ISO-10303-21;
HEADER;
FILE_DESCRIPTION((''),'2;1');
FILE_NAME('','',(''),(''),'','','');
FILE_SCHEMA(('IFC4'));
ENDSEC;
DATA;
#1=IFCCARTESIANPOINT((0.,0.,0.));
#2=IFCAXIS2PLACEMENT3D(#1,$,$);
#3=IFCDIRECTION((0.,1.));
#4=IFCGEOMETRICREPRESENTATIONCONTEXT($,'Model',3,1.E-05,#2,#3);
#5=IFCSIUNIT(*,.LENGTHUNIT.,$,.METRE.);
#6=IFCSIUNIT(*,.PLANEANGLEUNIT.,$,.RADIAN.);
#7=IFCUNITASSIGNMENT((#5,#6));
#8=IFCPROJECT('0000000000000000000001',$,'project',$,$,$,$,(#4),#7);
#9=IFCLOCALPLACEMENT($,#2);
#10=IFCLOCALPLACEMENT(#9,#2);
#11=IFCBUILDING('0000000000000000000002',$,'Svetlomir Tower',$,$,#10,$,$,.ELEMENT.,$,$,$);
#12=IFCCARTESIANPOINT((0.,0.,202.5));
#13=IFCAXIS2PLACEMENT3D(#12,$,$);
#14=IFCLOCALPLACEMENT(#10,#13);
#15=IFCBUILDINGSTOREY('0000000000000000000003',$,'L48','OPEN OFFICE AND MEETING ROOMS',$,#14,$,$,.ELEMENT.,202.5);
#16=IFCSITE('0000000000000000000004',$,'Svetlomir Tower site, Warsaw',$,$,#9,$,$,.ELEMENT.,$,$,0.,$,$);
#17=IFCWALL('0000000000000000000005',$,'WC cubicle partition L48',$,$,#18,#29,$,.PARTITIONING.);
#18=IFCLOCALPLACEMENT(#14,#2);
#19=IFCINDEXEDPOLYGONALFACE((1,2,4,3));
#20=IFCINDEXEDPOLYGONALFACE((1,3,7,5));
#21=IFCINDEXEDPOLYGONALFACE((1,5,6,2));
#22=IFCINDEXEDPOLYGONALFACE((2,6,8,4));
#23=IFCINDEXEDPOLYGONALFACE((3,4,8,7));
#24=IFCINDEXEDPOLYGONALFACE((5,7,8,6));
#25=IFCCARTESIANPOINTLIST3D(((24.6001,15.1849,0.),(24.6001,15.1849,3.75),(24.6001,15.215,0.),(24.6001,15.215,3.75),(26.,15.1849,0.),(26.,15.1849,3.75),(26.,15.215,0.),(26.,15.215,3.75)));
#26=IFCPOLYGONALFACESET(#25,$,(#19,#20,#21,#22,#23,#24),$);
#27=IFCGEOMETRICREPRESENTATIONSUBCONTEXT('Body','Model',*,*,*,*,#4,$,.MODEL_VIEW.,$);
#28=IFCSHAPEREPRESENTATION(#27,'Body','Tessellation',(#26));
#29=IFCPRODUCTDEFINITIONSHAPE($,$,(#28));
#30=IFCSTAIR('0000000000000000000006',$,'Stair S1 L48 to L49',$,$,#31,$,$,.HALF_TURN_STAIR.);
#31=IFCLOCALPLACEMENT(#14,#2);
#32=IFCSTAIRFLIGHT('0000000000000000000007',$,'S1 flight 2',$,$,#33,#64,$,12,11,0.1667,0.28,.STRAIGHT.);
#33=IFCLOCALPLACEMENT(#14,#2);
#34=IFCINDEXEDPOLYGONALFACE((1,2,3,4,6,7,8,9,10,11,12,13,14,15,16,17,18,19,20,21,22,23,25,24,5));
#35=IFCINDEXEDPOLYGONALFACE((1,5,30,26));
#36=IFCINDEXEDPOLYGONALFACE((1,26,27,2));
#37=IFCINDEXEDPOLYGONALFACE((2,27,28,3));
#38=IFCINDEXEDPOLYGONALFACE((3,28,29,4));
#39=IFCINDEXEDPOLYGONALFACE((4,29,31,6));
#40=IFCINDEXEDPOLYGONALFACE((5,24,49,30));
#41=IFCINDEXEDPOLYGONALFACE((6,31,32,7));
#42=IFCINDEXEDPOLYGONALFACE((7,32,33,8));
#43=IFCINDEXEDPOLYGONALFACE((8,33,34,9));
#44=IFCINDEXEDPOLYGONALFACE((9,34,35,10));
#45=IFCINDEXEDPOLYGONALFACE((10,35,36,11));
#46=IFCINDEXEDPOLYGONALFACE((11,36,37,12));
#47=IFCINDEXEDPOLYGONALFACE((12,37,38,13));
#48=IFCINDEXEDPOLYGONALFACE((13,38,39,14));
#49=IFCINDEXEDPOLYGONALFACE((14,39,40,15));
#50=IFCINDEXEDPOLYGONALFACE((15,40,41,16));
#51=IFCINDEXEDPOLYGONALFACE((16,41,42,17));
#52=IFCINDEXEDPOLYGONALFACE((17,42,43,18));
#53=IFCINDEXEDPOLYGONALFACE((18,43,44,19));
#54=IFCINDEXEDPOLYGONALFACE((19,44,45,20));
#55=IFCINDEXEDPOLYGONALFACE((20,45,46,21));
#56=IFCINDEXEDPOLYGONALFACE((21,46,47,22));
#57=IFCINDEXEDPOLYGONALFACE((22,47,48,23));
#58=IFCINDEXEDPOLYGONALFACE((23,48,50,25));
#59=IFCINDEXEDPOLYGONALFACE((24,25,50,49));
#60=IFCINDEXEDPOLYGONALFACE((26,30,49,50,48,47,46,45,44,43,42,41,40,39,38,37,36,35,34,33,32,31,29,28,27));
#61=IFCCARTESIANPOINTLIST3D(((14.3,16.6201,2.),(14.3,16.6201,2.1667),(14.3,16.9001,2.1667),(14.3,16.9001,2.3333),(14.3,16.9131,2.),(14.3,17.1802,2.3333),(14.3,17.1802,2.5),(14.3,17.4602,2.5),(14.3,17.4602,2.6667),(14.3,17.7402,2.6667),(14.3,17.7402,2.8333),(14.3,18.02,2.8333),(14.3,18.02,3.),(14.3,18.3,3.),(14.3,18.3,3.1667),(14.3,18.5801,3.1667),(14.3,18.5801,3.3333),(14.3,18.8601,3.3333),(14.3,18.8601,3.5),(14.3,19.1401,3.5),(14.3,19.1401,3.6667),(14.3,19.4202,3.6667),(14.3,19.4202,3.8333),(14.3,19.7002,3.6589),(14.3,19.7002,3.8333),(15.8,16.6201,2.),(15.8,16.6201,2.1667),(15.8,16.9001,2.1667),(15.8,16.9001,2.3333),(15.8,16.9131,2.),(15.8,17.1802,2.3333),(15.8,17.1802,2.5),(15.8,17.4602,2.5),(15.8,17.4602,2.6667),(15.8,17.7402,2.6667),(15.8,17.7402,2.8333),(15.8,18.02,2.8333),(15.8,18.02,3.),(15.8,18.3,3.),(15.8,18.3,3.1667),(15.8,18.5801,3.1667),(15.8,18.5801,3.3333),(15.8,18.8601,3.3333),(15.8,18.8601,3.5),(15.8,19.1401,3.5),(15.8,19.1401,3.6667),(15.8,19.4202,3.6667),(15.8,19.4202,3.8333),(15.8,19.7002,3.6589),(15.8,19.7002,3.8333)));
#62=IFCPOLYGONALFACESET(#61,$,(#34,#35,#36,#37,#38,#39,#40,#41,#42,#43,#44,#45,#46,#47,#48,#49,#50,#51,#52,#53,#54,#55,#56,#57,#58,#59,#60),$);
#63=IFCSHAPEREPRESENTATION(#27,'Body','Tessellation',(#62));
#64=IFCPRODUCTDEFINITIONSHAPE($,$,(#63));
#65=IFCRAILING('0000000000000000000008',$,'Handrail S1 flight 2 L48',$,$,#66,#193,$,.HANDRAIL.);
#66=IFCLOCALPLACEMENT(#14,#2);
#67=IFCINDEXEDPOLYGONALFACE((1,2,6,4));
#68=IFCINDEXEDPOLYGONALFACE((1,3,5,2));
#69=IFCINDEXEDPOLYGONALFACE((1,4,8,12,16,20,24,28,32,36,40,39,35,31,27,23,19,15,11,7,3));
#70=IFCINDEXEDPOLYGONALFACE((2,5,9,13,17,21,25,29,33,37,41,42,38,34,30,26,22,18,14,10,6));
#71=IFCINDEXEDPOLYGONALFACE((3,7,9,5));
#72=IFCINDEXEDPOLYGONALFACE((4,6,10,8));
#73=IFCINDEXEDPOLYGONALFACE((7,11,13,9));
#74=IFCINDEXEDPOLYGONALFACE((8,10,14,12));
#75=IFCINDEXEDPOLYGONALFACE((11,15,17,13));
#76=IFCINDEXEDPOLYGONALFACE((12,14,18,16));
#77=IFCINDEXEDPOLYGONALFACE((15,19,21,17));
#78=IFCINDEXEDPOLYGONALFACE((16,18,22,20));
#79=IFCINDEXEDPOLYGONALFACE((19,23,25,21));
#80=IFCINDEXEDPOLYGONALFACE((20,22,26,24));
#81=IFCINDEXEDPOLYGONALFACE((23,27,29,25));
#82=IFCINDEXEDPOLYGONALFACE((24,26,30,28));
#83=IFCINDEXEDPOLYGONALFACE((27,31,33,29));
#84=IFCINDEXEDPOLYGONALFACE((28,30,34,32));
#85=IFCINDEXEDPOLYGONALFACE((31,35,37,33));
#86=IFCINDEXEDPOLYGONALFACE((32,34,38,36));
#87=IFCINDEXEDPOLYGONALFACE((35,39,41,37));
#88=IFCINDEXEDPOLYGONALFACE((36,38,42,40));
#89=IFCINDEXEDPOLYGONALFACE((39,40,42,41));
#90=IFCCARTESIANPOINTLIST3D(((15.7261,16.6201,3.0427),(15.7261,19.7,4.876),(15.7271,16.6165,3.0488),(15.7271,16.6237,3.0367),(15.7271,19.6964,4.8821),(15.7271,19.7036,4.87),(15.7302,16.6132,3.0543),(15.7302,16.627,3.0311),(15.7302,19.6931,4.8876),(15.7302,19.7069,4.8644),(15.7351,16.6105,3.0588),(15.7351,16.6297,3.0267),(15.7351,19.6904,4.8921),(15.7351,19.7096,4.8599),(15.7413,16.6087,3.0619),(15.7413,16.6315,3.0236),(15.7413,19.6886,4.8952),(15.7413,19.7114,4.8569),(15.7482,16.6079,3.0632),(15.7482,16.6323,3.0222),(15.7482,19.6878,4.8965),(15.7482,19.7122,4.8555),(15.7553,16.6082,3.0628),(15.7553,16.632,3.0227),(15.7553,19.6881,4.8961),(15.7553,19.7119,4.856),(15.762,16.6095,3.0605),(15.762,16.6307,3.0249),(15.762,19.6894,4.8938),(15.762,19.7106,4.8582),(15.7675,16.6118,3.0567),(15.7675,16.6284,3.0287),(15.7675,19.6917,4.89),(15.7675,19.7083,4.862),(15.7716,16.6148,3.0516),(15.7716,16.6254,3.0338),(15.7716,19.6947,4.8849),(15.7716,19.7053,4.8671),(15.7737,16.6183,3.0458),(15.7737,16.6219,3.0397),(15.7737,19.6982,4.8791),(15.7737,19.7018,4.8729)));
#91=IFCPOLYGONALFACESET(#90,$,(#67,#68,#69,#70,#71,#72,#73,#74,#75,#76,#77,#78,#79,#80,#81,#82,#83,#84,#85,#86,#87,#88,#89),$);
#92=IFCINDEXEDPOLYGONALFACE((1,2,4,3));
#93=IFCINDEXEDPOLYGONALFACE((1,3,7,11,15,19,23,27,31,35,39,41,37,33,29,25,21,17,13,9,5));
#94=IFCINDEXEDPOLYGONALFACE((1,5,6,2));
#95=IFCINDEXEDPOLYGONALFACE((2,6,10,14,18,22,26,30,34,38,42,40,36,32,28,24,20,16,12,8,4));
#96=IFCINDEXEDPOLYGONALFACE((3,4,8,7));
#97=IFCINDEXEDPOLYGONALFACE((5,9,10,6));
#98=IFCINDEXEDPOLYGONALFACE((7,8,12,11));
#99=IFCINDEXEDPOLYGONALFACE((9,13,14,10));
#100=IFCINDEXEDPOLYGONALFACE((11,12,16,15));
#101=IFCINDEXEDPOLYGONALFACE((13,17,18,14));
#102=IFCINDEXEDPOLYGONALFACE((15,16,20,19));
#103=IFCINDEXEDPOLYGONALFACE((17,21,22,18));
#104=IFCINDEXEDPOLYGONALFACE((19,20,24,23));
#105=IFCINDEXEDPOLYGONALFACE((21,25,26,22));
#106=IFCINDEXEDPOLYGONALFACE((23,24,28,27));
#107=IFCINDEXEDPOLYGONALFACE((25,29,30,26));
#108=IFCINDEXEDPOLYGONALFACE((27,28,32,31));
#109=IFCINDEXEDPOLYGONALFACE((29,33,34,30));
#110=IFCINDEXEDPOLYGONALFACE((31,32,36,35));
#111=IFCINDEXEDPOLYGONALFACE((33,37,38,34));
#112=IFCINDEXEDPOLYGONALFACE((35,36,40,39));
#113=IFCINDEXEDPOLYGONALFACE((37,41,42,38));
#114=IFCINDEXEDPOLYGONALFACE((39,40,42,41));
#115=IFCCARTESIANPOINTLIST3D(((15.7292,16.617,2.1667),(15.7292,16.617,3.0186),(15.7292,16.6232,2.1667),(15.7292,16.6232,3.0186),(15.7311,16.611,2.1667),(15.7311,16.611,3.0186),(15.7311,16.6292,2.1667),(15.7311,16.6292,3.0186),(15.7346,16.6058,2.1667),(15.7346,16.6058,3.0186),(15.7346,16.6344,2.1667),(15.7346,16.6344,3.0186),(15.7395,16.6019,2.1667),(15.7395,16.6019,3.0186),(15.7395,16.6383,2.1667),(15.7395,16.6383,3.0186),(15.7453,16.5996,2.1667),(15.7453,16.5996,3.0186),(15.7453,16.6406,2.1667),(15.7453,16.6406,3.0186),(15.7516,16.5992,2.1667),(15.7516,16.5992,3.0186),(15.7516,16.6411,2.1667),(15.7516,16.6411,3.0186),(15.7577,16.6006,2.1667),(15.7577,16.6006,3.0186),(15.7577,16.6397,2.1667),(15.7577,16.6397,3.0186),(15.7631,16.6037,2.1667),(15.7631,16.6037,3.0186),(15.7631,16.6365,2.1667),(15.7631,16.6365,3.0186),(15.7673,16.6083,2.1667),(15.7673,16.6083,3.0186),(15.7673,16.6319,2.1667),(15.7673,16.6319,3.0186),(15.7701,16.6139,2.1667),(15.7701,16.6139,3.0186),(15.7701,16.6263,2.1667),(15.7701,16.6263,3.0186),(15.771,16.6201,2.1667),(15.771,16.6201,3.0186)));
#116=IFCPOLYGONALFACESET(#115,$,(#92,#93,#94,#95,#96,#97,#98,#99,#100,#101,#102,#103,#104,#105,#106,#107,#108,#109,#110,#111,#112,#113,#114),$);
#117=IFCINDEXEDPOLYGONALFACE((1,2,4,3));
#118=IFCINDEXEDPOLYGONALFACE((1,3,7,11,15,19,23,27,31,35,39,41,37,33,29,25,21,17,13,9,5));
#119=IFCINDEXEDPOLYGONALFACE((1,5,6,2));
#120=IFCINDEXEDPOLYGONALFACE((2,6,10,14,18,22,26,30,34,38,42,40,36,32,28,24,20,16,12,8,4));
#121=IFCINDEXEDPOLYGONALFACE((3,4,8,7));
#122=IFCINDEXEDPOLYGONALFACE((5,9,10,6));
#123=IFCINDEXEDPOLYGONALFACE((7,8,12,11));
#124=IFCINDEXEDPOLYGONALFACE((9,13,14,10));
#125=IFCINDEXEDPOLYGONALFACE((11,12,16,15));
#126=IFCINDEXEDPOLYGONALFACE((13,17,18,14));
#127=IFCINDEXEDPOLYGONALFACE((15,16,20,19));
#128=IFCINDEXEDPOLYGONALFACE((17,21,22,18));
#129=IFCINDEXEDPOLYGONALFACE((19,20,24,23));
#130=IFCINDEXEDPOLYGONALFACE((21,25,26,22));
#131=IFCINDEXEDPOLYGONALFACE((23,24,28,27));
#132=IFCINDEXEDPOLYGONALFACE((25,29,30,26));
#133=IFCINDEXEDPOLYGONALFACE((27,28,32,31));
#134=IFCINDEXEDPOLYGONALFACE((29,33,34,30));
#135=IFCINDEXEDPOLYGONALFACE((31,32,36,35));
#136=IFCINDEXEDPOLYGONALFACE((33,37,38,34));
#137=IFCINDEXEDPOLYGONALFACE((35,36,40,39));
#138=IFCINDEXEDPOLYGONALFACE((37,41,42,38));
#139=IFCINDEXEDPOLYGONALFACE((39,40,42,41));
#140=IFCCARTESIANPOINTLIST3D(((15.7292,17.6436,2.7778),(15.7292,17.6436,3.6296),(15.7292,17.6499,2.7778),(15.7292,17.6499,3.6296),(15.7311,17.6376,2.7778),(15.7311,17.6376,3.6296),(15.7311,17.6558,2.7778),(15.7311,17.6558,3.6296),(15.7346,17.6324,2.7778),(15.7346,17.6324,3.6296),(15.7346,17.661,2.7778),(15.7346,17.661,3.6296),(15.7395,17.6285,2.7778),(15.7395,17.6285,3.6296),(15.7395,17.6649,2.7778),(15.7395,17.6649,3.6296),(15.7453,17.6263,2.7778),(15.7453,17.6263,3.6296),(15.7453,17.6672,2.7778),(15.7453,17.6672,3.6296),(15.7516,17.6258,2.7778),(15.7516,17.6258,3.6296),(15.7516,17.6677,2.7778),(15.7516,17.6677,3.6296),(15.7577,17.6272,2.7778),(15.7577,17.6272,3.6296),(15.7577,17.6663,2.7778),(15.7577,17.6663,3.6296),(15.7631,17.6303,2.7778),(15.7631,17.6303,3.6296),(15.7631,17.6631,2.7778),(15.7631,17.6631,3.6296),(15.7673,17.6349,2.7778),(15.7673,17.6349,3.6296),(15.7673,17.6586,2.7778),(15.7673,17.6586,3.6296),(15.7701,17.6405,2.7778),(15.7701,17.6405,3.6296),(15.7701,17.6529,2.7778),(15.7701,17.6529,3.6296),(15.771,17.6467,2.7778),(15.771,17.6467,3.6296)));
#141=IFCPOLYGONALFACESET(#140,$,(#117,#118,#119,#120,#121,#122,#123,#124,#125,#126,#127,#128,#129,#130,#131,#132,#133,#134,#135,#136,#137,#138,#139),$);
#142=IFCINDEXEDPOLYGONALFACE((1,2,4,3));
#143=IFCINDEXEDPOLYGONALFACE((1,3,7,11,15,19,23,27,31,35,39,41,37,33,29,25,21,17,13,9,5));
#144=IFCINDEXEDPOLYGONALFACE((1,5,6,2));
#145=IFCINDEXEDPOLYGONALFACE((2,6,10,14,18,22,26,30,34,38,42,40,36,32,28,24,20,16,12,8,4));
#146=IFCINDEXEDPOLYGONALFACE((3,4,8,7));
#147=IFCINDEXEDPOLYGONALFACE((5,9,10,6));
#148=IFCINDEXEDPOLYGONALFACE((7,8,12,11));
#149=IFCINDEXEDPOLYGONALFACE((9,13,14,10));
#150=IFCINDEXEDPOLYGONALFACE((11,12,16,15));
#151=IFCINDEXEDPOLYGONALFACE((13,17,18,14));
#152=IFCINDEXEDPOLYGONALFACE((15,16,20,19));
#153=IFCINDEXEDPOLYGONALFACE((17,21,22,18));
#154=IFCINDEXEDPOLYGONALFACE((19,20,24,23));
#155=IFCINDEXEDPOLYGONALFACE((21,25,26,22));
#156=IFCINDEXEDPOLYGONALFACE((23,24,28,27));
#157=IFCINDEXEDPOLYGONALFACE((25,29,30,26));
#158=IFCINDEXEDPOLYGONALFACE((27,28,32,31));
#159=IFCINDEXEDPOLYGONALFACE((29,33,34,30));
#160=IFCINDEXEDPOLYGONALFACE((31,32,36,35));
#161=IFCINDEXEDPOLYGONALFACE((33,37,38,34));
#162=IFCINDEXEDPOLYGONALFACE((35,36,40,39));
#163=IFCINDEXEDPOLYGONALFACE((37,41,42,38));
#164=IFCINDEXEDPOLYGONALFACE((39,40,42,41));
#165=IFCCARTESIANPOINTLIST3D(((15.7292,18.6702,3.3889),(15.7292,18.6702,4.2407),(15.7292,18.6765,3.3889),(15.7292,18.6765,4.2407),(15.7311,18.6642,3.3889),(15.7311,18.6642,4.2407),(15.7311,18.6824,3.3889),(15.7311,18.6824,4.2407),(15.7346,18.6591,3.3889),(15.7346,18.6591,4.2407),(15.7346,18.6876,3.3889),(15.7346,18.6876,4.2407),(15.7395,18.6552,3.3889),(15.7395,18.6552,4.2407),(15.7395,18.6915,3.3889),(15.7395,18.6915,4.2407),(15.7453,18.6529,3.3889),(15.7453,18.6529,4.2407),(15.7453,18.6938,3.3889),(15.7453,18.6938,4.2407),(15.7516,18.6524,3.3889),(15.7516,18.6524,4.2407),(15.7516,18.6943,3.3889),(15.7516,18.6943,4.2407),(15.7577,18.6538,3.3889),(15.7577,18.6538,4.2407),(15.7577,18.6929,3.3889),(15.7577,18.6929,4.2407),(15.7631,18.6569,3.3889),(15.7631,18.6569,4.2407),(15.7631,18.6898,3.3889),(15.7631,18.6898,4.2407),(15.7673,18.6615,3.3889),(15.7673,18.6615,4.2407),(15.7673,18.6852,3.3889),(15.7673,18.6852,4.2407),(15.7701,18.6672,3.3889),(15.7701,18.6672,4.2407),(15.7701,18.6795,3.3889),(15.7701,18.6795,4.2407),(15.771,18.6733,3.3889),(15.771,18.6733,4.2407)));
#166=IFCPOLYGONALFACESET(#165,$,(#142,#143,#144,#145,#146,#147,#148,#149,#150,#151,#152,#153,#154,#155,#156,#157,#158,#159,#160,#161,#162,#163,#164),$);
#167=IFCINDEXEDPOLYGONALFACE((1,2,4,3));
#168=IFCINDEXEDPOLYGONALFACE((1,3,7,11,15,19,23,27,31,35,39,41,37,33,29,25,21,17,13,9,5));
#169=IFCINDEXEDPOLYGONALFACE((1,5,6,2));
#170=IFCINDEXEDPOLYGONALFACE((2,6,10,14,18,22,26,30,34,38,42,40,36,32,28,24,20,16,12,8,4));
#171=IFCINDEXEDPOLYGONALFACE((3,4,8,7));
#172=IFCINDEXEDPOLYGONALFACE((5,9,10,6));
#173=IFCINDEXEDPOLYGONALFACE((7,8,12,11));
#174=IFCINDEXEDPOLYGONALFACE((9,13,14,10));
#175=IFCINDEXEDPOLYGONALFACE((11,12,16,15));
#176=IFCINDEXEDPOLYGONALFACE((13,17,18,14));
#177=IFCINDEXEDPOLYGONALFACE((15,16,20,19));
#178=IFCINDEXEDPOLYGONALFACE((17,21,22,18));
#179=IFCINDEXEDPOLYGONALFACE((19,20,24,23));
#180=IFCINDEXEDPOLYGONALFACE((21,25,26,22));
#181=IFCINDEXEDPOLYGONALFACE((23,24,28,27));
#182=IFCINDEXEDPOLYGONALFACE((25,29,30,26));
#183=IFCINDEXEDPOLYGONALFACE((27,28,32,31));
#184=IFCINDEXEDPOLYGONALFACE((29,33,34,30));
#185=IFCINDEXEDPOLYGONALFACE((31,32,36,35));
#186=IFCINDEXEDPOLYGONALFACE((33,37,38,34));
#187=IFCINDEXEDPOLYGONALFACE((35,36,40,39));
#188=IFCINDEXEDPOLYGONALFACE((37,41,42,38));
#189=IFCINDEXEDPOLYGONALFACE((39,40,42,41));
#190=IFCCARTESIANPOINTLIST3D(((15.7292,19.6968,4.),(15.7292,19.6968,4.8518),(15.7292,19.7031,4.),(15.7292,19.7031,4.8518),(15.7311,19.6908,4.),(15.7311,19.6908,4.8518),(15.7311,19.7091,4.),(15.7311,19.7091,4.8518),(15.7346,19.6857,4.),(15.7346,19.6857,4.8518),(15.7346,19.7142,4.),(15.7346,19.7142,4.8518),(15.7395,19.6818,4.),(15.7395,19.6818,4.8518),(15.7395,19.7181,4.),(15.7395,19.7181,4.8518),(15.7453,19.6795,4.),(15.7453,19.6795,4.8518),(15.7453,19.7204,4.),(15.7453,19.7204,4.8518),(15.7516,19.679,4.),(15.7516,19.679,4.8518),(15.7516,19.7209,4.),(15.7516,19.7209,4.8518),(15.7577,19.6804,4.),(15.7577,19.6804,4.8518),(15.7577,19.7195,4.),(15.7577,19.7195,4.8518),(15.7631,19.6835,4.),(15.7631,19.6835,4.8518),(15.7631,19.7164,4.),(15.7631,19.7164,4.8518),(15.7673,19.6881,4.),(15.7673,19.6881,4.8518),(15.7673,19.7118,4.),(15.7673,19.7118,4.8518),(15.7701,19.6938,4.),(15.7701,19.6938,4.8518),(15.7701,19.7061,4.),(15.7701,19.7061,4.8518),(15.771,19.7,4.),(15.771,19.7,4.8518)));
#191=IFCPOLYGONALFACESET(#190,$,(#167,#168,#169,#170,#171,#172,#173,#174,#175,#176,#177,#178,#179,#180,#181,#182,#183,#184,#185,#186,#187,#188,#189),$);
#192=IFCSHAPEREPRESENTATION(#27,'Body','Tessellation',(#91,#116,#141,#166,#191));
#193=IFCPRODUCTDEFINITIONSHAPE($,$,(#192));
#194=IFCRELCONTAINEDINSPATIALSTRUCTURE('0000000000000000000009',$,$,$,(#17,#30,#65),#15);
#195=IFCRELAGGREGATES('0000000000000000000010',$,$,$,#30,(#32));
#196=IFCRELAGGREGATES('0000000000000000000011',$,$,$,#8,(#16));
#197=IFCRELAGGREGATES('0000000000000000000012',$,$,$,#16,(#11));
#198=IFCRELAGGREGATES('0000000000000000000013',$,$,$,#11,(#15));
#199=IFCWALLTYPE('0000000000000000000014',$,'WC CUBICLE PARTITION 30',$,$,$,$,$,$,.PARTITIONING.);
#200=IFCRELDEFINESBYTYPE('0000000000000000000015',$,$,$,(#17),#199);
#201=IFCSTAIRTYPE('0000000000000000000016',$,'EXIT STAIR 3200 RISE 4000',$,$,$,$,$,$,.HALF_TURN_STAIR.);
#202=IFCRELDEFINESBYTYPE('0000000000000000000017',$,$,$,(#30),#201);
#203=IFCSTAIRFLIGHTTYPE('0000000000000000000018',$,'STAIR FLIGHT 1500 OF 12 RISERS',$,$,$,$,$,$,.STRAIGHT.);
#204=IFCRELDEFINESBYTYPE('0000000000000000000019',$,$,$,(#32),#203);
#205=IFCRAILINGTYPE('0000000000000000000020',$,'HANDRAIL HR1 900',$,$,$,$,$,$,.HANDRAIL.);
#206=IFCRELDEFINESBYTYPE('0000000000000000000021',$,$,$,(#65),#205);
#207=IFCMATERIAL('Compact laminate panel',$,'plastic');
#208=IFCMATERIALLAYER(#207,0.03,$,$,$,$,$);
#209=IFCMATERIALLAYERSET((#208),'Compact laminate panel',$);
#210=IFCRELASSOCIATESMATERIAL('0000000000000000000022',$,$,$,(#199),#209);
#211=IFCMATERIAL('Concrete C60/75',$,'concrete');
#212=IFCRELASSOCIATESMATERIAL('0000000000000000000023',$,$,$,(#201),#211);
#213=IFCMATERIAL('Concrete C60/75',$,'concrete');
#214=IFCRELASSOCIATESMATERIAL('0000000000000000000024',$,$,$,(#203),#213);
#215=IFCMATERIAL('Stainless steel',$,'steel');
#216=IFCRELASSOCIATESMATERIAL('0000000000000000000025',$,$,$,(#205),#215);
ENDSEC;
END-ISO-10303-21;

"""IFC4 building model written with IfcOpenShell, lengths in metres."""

from ifc_helpers import new_model, si_unit, direction, frame, frame_2d, origin, origin_2d, place, context, subcontext, project, spatial, polyline, rectangle, circle, outline, extrude, material, layer, layer_set, type_object, element, aggregate, save


model = new_model("IFC4")

# Units and contexts
model_context = context("Model", 3, precision=1e-05, world=origin(), true_north=direction((0.0, 1.0)))
body_context = subcontext(model_context, "Body", "Model", "MODEL_VIEW")
ifc_project = project(units=[si_unit("LENGTHUNIT", "METRE"), si_unit("PLANEANGLEUNIT", "RADIAN")], contexts=[model_context])

# Site, building, storey
site_placement = place(None, origin())
site = spatial("IfcSite", under=ifc_project, at=site_placement, Name="Svetlomir Tower site, Warsaw", CompositionType="ELEMENT", RefElevation=0.0)
building_placement = place(site_placement, origin())
building = spatial("IfcBuilding", under=site, at=building_placement, Name="Svetlomir Tower", CompositionType="ELEMENT")
storey_placement = place(building_placement, frame((0.0, 0.0, 202.5)))
storey = spatial("IfcBuildingStorey", under=building, at=storey_placement, Name="L48", Description="OPEN OFFICE AND MEETING ROOMS", CompositionType="ELEMENT", Elevation=202.5)

# Wall
ifc_material_1 = material(Name="Compact laminate panel", Category="plastic")
ifc_layer_1 = layer(ifc_material_1, 0.03)
ifc_layer_set_1 = layer_set([ifc_layer_1], Name="Compact laminate panel")
wall_type_1 = type_object("IfcWallType", Name="WC CUBICLE PARTITION 30", PredefinedType="PARTITIONING", material=ifc_layer_set_1)
for number, where, z_axis, x_axis, name in (
    (1, (24.6001, 15.2, 0.0), (0.0, 0.0, 1.0), (1.0, 0.0, 0.0), "WC cubicle partition L48"),
):
    element("IfcWall", number, at=place(storey_placement, frame(where, z_axis=z_axis, x_axis=x_axis)), inside=storey, type_object=wall_type_1, Name=name, PredefinedType="PARTITIONING", context=body_context, shape_type="SweptSolid", body=[
        extrude(rectangle(XDim=1.3999, YDim=0.03, at=frame_2d((0.7, 0.0))), origin(), (0.0, 0.0, 1.0), 3.75),
    ])

# Stair, stair flight
ifc_material_2 = material(Name="Concrete C60/75", Category="concrete")
stair_type = type_object("IfcStairType", Name="EXIT STAIR 3200 RISE 4000", PredefinedType="HALF_TURN_STAIR", material=ifc_material_2)
stair_placement = place(storey_placement, origin())
stair = element("IfcStair", 2, at=stair_placement, inside=storey, type_object=stair_type, Name="Stair S1 L48 to L49", PredefinedType="HALF_TURN_STAIR")
ifc_material_3 = material(Name="Concrete C60/75", Category="concrete")
stair_flight_type = type_object("IfcStairFlightType", Name="STAIR FLIGHT 1500 OF 12 RISERS", PredefinedType="STRAIGHT", material=ifc_material_3)
stair_flight_placement = place(storey_placement, frame((15.05, 16.6201, 2.0), z_axis=(0.0, 0.0, 1.0), x_axis=(0.0, 1.0, 0.0)))
stair_flight = element("IfcStairFlight", 3, at=stair_flight_placement, type_object=stair_flight_type, Name="S1 flight 2", NumberOfRisers=12, NumberOfTreads=11, PredefinedType="STRAIGHT", RiserHeight=0.1667, TreadLength=0.28, context=body_context, shape_type="SweptSolid", body=[
    extrude(outline(polyline([(0.0, 0.0), (0.0, 0.1667), (0.28, 0.1667), (0.28, 0.3333), (0.5601, 0.3333), (0.5601, 0.5), (0.8401, 0.5), (0.8401, 0.6667), (1.1201, 0.6667), (1.1201, 0.8333), (1.3999, 0.8333), (1.3999, 1.0), (1.6799, 1.0), (1.6799, 1.1667), (1.96, 1.1667), (1.96, 1.3333), (2.24, 1.3333), (2.24, 1.5), (2.52, 1.5), (2.52, 1.6667), (2.8, 1.6667), (2.8, 1.8333), (3.0801, 1.8333), (3.0801, 2.0), (3.0801, 1.6589), (0.293, 0.0), (0.0, 0.0)])), frame((0.0, 0.75, 0.0), z_axis=(0.0, -1.0, 0.0), x_axis=(1.0, 0.0, 0.0)), (0.0, 0.0, 1.0), 1.5),
])
aggregate(stair, [stair_flight])

# Railing
ifc_material_4 = material(Name="Stainless steel", Category="steel")
railing_type = type_object("IfcRailingType", Name="HANDRAIL HR1 900", PredefinedType="HANDRAIL", material=ifc_material_4)
railing_placement = place(storey_placement, frame((15.75, 16.6201, 2.1667)))
element("IfcRailing", 4, at=railing_placement, inside=storey, type_object=railing_type, Name="Handrail S1 flight 2 L48", PredefinedType="HANDRAIL", context=body_context, shape_type="SweptSolid", body=[
    extrude(circle(Radius=0.0239, at=origin_2d()), frame((0.0, 0.0, 0.876), z_axis=(0.0, 0.859291, 0.511487), x_axis=(-1.0, 0.0, 0.0)), (0.0, 0.0, 1.0), 3.5842),
    extrude(circle(Radius=0.021, at=origin_2d()), origin(), (0.0, 0.0, 1.0), 0.8518),
    extrude(circle(Radius=0.021, at=origin_2d()), frame((0.0, 1.0266, 0.6111)), (0.0, 0.0, 1.0), 0.8518),
    extrude(circle(Radius=0.021, at=origin_2d()), frame((0.0, 2.0532, 1.2222)), (0.0, 0.0, 1.0), 0.8518),
    extrude(circle(Radius=0.021, at=origin_2d()), frame((0.0, 3.0798, 1.8333)), (0.0, 0.0, 1.0), 0.8518),
])

save(model, "model.ifc")
